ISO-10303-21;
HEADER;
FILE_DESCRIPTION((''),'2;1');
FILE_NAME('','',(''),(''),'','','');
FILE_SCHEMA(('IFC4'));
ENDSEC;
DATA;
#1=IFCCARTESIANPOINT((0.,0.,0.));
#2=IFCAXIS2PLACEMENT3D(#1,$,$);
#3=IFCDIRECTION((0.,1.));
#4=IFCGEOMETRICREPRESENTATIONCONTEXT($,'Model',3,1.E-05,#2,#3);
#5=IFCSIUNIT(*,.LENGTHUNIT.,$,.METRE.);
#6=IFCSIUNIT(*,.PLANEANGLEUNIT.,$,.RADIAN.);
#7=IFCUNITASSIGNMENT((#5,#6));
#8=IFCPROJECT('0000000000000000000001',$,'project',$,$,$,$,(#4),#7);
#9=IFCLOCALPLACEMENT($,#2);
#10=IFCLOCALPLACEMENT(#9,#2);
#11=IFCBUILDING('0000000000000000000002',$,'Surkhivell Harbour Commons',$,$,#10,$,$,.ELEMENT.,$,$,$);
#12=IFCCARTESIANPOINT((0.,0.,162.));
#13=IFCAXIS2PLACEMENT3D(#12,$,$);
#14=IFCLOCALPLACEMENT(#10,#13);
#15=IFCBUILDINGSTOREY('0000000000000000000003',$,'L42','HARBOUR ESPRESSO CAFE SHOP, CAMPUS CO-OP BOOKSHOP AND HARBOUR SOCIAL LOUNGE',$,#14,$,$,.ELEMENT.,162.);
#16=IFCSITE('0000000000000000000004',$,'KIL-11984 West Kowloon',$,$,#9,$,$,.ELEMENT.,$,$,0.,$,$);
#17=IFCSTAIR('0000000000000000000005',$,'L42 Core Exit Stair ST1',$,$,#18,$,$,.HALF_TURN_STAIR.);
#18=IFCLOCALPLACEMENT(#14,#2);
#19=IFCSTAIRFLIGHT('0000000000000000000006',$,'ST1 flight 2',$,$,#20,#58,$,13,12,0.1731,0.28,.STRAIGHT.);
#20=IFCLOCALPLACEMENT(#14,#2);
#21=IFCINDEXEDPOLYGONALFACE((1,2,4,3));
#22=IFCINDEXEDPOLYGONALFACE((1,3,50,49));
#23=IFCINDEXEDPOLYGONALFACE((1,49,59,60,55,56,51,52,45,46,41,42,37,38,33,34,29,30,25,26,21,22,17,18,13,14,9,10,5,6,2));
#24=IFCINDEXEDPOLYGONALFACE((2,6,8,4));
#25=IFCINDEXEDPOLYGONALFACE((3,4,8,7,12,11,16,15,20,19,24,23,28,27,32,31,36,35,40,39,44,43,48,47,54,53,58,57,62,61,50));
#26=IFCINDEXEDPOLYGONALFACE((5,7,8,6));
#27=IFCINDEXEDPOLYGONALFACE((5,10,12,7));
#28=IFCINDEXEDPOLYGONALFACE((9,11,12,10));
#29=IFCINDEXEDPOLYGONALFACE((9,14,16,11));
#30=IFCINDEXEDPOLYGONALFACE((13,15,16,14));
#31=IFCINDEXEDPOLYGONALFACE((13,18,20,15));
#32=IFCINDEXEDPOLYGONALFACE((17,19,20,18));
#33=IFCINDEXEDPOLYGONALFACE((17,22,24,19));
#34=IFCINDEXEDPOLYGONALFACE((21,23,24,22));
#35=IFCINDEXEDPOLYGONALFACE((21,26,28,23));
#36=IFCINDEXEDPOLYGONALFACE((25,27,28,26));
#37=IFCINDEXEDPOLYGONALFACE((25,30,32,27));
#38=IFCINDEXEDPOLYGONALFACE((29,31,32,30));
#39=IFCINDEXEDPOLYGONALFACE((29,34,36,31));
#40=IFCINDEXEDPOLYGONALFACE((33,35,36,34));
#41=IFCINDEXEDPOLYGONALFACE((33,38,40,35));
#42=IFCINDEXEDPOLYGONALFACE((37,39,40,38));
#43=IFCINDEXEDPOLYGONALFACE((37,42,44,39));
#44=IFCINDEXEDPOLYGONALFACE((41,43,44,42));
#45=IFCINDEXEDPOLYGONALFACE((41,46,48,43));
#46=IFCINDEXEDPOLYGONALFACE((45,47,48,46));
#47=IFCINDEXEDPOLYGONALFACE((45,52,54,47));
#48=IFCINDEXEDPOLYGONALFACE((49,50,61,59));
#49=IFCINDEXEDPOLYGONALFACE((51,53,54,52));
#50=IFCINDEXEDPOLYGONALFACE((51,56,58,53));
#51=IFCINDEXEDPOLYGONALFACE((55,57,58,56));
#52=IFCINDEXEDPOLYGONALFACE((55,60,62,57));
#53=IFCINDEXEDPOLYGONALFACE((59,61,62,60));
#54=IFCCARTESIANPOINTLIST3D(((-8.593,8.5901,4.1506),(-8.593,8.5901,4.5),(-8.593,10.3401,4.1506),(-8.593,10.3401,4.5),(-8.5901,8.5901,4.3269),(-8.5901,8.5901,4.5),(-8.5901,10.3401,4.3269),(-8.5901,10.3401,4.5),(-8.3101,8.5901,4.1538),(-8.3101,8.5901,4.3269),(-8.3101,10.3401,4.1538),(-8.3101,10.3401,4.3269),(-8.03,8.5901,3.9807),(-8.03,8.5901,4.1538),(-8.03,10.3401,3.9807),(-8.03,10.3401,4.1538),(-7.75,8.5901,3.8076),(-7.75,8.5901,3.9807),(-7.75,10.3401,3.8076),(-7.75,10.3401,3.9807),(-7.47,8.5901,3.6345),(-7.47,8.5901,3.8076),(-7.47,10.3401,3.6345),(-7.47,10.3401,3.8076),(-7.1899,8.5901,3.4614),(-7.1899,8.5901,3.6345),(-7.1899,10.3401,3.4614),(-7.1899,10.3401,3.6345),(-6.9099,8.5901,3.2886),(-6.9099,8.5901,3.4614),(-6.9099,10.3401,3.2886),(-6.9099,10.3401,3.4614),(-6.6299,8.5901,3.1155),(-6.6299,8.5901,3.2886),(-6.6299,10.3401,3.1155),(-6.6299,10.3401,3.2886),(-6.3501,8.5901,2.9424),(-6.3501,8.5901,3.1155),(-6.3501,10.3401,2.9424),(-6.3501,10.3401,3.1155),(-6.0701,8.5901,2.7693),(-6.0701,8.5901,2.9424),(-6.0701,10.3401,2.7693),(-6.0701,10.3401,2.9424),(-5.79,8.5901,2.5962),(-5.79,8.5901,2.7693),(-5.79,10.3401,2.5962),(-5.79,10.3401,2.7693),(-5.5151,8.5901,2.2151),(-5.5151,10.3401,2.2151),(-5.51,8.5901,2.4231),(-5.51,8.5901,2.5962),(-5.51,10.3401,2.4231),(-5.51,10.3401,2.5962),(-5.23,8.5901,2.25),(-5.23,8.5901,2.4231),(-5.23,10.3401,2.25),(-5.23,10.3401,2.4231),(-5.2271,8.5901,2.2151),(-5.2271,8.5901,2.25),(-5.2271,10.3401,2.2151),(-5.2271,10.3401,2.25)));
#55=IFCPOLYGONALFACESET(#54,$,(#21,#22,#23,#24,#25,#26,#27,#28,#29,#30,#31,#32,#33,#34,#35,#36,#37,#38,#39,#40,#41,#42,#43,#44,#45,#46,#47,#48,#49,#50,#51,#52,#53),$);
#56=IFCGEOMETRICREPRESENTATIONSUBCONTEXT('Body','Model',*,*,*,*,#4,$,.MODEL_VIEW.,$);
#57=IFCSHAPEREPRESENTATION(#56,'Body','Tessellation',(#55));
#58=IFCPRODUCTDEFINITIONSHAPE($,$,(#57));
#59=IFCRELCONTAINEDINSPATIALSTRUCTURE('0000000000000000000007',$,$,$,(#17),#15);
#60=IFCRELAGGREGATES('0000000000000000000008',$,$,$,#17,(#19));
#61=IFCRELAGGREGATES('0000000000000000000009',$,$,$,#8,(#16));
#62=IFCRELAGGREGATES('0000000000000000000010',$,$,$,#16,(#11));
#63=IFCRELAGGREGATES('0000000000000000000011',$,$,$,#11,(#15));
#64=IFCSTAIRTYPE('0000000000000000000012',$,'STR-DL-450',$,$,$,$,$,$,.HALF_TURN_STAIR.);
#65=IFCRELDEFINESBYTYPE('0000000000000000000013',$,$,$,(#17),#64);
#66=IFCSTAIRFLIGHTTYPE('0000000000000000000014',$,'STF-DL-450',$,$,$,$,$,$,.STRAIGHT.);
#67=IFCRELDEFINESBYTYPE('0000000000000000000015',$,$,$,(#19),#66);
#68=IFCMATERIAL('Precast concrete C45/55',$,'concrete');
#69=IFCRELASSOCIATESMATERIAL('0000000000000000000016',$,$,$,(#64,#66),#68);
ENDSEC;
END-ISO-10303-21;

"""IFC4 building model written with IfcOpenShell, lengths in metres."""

from ifc_helpers import new_model, si_unit, direction, frame, origin, place, context, subcontext, project, spatial, polyline, outline, extrude, material, type_object, element, aggregate, save


model = new_model("IFC4")

# Units and contexts
model_context = context("Model", 3, precision=1e-05, world=origin(), true_north=direction((0.0, 1.0)))
body_context = subcontext(model_context, "Body", "Model", "MODEL_VIEW")
ifc_project = project(units=[si_unit("LENGTHUNIT", "METRE"), si_unit("PLANEANGLEUNIT", "RADIAN")], contexts=[model_context])

# Site, building, storey
site_placement = place(None, origin())
site = spatial("IfcSite", under=ifc_project, at=site_placement, Name="KIL-11984 West Kowloon", CompositionType="ELEMENT", RefElevation=0.0)
building_placement = place(site_placement, origin())
building = spatial("IfcBuilding", under=site, at=building_placement, Name="Surkhivell Harbour Commons", CompositionType="ELEMENT")
storey_placement = place(building_placement, frame((0.0, 0.0, 162.0)))
storey = spatial("IfcBuildingStorey", under=building, at=storey_placement, Name="L42", Description="HARBOUR ESPRESSO CAFE SHOP, CAMPUS CO-OP BOOKSHOP AND HARBOUR SOCIAL LOUNGE", CompositionType="ELEMENT", Elevation=162.0)

# Stair, stair flight
ifc_material_1 = material(Name="Precast concrete C45/55", Category="concrete")
stair_type = type_object("IfcStairType", Name="STR-DL-450", PredefinedType="HALF_TURN_STAIR", material=ifc_material_1)
stair_placement = place(storey_placement, origin())
stair = element("IfcStair", 1, at=stair_placement, inside=storey, type_object=stair_type, Name="L42 Core Exit Stair ST1", PredefinedType="HALF_TURN_STAIR")
stair_flight_type = type_object("IfcStairFlightType", Name="STF-DL-450", PredefinedType="STRAIGHT", material=ifc_material_1)
stair_flight_1_placement = place(storey_placement, frame((-5.23, 9.4651, 2.25), z_axis=(0.0, 0.0, 1.0), x_axis=(-1.0, 0.0, 0.0)))
stair_flight_1 = element("IfcStairFlight", 2, at=stair_flight_1_placement, type_object=stair_flight_type, Name="ST1 flight 2", NumberOfRisers=13, NumberOfTreads=12, PredefinedType="STRAIGHT", RiserHeight=0.1731, TreadLength=0.28, context=body_context, shape_type="SweptSolid", body=[
    extrude(outline(polyline([(-0.0029, -0.0349), (-0.0029, 0.0), (0.0, 0.0), (0.0, 0.1731), (0.28, 0.1731), (0.28, 0.3462), (0.5601, 0.3462), (0.5601, 0.5193), (0.8401, 0.5193), (0.8401, 0.6924), (1.1201, 0.6924), (1.1201, 0.8655), (1.3999, 0.8655), (1.3999, 1.0386), (1.6799, 1.0386), (1.6799, 1.2114), (1.96, 1.2114), (1.96, 1.3845), (2.24, 1.3845), (2.24, 1.5576), (2.52, 1.5576), (2.52, 1.7307), (2.8, 1.7307), (2.8, 1.9038), (3.0801, 1.9038), (3.0801, 2.0769), (3.3601, 2.0769), (3.3601, 2.25), (3.363, 2.25), (3.363, 1.9006), (0.2852, -0.0349), (-0.0029, -0.0349)])), frame((0.0, 0.875, 0.0), z_axis=(0.0, -1.0, 0.0), x_axis=(1.0, 0.0, 0.0)), (0.0, 0.0, 1.0), 1.75),
])
aggregate(stair, [stair_flight_1])

save(model, "model.ifc")
